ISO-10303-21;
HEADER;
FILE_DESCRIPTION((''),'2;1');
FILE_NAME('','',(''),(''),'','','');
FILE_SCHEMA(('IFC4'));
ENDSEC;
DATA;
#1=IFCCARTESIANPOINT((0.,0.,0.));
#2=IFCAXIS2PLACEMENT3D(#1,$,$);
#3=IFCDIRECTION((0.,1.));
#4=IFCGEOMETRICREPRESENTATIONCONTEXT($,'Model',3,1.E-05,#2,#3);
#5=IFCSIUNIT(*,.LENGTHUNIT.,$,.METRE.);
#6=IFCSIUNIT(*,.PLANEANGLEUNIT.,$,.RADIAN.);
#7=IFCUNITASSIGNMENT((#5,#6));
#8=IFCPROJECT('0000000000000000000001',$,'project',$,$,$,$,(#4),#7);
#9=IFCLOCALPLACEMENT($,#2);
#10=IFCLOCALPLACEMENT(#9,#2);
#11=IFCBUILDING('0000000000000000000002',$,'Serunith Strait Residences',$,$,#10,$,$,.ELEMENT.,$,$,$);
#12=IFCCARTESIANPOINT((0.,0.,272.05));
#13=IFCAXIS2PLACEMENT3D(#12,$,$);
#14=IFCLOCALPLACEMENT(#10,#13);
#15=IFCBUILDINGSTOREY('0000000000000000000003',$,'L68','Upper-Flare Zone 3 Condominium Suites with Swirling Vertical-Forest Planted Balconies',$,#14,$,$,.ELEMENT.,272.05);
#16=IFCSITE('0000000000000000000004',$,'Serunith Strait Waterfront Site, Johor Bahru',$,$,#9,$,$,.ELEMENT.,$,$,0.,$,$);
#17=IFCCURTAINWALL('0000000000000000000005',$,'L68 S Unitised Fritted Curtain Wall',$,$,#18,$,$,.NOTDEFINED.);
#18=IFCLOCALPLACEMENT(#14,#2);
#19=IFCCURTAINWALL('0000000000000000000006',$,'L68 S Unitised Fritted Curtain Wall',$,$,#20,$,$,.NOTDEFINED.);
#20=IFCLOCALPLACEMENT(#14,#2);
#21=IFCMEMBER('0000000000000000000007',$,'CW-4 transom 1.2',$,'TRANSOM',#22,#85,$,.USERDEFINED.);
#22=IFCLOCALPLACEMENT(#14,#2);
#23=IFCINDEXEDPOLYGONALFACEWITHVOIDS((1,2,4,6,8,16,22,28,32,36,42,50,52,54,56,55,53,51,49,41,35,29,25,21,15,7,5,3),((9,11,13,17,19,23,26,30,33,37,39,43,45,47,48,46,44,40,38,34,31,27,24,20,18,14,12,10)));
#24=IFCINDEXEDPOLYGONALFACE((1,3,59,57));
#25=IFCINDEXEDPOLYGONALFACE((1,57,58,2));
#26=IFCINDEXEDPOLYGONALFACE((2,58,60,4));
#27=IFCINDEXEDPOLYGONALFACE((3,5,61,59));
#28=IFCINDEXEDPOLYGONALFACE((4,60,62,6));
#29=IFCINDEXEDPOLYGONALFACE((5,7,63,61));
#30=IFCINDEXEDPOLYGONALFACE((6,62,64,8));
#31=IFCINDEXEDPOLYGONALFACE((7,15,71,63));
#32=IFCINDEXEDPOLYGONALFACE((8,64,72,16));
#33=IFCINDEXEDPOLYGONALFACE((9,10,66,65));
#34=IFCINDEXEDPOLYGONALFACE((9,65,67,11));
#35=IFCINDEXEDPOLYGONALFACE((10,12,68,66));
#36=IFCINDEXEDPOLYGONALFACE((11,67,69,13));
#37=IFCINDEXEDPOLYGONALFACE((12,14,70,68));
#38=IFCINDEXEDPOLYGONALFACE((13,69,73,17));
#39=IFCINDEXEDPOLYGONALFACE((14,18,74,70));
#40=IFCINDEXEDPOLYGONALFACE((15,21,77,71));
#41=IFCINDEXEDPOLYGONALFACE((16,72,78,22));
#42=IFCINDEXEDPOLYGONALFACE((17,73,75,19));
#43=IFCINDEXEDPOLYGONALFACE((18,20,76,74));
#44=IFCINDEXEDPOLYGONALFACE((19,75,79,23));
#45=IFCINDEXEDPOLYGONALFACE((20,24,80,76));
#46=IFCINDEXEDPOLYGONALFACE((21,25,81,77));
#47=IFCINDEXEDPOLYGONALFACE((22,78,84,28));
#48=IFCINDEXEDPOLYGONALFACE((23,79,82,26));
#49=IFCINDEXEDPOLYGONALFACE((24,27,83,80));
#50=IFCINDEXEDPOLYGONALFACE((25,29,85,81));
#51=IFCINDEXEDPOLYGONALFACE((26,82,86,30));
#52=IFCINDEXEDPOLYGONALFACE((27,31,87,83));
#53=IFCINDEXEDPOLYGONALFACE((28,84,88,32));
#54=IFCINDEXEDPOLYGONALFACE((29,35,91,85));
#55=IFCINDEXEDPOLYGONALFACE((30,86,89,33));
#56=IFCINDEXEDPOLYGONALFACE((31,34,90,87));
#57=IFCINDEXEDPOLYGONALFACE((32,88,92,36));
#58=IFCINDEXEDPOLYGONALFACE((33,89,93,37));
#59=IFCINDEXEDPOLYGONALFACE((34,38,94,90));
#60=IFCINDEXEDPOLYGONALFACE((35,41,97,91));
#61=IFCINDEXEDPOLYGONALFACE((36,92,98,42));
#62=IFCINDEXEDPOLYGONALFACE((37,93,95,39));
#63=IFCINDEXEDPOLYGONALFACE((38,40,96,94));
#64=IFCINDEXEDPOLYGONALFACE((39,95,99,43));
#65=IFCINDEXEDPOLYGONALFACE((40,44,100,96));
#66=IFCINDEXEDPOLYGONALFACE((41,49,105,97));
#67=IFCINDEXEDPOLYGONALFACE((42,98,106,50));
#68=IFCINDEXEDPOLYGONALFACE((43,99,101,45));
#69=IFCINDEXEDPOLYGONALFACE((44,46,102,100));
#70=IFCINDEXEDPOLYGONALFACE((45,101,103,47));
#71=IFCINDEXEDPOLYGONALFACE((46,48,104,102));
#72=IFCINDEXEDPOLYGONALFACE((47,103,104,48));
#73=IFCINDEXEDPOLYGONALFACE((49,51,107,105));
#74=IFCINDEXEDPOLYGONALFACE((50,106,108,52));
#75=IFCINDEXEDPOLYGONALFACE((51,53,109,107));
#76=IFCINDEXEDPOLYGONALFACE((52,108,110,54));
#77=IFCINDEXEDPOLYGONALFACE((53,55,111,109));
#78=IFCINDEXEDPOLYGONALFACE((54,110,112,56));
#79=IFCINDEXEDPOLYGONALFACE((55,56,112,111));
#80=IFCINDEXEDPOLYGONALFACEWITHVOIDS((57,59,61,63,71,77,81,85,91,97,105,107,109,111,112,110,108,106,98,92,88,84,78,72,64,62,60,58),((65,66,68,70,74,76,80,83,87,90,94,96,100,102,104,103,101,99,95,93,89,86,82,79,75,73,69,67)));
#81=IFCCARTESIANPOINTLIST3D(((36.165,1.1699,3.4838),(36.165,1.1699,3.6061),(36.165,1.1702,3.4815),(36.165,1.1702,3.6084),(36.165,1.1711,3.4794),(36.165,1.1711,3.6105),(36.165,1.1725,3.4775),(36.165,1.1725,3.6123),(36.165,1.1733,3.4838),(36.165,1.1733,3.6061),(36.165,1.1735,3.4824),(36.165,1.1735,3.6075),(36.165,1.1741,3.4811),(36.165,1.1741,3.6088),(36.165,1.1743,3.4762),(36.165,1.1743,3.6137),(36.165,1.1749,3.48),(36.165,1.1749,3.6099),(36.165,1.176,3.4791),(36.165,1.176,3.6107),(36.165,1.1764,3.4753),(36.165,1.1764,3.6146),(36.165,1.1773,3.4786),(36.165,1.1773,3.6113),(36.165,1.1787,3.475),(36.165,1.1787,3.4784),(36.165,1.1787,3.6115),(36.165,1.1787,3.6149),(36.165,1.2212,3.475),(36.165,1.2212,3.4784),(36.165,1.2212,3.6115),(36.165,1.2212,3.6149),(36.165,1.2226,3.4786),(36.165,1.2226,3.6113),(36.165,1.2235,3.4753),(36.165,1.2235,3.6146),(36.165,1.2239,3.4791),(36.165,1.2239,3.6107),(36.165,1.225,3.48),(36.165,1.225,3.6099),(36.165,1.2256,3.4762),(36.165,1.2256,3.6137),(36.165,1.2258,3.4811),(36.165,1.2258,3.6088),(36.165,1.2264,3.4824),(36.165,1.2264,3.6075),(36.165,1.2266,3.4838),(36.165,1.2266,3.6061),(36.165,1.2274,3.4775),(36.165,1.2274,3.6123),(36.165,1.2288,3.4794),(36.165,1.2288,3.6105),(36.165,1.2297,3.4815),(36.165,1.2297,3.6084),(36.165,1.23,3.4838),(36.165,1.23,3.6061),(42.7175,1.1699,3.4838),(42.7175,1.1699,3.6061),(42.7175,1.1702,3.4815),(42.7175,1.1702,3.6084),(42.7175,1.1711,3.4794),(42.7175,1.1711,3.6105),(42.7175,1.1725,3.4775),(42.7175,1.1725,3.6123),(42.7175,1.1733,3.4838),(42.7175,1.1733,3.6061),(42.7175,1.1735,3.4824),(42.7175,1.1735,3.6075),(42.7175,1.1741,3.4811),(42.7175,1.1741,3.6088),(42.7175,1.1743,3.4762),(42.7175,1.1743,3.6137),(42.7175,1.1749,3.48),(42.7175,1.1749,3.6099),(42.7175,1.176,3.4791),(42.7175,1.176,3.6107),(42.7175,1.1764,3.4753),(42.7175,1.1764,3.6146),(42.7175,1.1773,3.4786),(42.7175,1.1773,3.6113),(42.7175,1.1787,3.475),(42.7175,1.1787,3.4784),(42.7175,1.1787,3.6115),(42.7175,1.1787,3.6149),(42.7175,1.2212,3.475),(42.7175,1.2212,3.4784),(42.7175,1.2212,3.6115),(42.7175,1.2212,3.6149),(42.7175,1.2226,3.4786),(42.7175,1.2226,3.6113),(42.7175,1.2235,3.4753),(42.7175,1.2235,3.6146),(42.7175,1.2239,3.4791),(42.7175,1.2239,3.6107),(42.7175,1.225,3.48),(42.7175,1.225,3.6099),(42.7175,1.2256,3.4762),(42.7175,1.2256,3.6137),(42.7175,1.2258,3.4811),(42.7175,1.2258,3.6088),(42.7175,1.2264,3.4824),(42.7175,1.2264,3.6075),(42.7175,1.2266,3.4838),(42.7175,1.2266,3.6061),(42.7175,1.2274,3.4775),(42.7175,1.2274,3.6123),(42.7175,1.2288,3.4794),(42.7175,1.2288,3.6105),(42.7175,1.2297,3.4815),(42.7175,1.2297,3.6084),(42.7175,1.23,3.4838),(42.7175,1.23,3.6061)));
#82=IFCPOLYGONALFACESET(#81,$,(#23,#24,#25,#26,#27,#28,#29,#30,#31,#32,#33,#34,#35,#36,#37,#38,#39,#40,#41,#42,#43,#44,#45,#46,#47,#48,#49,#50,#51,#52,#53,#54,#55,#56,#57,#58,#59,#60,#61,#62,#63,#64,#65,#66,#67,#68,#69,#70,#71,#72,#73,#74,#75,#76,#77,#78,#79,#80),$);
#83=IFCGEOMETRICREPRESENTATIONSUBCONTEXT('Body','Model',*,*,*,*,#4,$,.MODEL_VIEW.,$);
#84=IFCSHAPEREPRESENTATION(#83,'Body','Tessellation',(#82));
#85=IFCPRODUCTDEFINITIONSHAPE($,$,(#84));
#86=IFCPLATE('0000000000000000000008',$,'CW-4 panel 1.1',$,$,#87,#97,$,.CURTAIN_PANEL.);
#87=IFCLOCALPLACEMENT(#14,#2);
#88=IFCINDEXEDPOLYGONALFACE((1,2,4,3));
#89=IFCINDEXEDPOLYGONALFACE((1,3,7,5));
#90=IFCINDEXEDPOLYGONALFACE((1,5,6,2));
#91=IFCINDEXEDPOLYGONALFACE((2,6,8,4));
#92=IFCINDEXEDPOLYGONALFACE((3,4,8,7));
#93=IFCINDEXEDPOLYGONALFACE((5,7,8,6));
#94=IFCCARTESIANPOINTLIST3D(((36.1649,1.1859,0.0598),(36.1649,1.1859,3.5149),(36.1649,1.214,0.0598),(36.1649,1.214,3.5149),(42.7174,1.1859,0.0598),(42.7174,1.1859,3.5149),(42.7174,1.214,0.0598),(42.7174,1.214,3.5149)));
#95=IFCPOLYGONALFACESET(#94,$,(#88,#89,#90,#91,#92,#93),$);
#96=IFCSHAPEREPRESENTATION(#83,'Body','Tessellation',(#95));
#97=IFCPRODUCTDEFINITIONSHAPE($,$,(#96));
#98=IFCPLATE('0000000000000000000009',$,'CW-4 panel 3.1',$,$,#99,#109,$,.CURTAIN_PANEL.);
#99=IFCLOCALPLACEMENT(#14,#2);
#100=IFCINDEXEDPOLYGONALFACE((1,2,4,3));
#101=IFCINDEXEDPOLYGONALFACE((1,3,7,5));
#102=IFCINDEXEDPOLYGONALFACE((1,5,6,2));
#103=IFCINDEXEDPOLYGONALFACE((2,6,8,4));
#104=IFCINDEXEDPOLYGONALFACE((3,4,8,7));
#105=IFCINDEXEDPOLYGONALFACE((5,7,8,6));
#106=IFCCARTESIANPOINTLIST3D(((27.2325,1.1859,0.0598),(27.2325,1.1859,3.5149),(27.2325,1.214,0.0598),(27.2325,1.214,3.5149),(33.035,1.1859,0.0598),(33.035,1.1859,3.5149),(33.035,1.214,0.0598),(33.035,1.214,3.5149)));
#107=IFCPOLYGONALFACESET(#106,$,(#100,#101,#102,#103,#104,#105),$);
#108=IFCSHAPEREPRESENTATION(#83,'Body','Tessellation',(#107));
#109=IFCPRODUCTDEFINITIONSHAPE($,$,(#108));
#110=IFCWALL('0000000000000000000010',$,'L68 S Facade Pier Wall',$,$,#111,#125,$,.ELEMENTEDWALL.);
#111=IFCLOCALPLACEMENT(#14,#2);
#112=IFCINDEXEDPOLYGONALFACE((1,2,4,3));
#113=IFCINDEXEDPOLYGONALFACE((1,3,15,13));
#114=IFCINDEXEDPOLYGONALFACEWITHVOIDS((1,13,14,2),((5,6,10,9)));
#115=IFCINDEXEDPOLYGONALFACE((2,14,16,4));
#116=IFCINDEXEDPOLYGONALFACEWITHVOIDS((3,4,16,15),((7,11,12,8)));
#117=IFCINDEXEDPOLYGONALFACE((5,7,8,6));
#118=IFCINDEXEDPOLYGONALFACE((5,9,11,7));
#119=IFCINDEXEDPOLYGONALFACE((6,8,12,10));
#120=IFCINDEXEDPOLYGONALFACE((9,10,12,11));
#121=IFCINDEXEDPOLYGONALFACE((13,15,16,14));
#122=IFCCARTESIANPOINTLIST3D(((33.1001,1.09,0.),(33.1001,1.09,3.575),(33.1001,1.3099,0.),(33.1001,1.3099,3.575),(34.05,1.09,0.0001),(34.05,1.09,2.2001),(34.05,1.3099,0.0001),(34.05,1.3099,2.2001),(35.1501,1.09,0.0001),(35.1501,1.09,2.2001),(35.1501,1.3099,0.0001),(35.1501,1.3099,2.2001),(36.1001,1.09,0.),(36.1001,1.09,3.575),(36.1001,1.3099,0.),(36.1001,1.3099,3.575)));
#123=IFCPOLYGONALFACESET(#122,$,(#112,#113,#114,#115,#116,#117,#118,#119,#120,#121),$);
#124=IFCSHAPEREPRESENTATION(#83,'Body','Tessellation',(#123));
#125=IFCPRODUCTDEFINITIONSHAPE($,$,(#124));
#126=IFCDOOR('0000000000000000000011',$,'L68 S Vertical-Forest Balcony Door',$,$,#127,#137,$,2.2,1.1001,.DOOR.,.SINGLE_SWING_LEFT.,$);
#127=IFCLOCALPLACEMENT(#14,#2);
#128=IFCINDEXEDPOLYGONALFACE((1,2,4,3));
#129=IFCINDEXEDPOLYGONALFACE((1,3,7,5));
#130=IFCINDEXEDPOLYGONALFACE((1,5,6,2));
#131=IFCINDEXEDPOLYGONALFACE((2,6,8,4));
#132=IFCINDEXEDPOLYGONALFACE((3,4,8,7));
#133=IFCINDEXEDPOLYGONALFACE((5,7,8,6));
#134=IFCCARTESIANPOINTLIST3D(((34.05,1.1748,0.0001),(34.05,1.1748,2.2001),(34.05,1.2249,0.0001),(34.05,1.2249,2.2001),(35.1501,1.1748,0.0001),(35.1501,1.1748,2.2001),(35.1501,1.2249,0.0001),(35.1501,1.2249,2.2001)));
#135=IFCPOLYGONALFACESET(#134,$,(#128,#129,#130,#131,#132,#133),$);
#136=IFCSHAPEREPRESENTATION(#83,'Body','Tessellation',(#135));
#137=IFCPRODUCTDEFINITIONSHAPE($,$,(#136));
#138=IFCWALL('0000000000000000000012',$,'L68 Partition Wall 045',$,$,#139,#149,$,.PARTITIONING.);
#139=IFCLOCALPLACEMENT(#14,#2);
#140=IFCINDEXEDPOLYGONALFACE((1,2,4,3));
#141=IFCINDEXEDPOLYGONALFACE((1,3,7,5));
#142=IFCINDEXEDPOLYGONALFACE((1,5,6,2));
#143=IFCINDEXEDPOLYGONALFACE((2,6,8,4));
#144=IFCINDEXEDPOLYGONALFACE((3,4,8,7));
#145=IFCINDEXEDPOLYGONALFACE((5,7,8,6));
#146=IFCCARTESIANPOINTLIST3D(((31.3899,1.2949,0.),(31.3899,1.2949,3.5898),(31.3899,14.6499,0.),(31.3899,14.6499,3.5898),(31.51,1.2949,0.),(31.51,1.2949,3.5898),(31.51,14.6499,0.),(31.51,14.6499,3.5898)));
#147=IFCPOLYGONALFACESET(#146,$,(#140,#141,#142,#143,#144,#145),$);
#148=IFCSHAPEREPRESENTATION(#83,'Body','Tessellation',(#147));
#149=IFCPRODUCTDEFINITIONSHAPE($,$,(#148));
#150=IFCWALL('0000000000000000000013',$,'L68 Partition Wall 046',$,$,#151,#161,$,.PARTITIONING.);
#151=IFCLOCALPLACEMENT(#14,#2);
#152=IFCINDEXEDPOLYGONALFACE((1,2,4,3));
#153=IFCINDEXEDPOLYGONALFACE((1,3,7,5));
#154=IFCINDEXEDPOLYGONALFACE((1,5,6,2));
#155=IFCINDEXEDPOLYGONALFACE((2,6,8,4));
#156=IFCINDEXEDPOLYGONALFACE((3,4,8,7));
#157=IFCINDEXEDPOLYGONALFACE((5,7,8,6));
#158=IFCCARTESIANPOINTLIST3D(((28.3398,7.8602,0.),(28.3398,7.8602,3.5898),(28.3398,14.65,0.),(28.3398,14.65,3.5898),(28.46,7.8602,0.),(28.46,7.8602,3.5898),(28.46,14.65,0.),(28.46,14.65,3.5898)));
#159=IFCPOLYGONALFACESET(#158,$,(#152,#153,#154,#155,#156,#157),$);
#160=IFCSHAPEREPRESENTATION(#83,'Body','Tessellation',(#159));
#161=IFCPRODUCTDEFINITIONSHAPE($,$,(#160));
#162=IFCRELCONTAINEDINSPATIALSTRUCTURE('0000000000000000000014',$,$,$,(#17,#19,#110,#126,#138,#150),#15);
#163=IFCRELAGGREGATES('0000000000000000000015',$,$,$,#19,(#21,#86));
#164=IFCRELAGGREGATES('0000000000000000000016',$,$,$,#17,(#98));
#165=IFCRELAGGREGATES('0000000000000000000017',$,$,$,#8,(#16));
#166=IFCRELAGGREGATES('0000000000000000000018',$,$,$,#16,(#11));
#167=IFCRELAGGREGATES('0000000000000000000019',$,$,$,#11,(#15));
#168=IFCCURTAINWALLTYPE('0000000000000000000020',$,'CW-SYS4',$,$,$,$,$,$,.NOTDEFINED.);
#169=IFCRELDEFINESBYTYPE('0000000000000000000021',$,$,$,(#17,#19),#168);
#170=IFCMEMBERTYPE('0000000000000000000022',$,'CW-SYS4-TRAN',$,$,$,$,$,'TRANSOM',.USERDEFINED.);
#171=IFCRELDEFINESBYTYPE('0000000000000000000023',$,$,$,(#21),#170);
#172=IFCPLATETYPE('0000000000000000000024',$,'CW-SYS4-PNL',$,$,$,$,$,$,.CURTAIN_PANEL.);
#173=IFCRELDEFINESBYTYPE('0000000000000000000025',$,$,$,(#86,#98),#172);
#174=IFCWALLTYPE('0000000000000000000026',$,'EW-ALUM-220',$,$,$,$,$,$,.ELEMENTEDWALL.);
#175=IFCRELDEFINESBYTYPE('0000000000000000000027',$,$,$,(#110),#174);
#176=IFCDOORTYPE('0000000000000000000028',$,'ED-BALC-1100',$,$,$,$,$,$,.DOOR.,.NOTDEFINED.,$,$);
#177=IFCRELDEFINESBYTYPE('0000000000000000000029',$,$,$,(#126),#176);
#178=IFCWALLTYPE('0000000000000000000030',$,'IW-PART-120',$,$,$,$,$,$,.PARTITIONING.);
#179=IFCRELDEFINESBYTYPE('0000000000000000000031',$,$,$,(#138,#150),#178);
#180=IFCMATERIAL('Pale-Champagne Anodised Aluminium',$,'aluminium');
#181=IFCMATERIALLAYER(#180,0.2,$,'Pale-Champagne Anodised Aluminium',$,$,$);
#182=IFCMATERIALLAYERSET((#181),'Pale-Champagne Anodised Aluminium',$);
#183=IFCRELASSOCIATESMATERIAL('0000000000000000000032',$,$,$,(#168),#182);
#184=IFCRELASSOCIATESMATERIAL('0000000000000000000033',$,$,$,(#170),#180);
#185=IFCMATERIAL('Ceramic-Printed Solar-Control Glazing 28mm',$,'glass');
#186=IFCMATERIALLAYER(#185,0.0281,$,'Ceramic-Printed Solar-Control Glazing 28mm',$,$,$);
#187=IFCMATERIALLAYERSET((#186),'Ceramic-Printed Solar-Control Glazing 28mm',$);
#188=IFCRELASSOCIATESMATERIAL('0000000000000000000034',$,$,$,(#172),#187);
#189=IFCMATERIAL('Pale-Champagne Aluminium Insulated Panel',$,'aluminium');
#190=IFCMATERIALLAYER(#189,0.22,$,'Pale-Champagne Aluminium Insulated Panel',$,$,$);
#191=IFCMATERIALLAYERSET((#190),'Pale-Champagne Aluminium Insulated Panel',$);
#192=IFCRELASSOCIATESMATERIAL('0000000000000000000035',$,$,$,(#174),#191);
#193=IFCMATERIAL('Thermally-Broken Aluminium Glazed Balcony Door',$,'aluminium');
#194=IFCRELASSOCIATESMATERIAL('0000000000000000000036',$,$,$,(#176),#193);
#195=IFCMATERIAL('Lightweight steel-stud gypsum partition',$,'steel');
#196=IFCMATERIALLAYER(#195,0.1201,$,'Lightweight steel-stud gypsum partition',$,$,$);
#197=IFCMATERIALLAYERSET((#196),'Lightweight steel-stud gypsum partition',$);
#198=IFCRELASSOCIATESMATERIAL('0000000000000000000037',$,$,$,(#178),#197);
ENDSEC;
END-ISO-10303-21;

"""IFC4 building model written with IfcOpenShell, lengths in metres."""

from ifc_helpers import new_model, si_unit, direction, frame, frame_2d, origin, origin_2d, place, context, subcontext, project, spatial, rectangle, hollow_rectangle, extrude, source, transform, mapped, material, layer, layer_set, material_profile, profile_set, type_object, element, fill, aggregate, save


model = new_model("IFC4")

# Units and contexts
model_context = context("Model", 3, precision=1e-05, world=origin(), true_north=direction((0.0, 1.0)))
body_context = subcontext(model_context, "Body", "Model", "MODEL_VIEW")
ifc_project = project(units=[si_unit("LENGTHUNIT", "METRE"), si_unit("PLANEANGLEUNIT", "RADIAN")], contexts=[model_context])

# Site, building, storey
site_placement = place(None, origin())
site = spatial("IfcSite", under=ifc_project, at=site_placement, Name="Serunith Strait Waterfront Site, Johor Bahru", CompositionType="ELEMENT", RefElevation=0.0)
building_placement = place(site_placement, origin())
building = spatial("IfcBuilding", under=site, at=building_placement, Name="Serunith Strait Residences", CompositionType="ELEMENT")
storey_placement = place(building_placement, frame((0.0, 0.0, 272.05)))
storey = spatial("IfcBuildingStorey", under=building, at=storey_placement, Name="L68", Description="Upper-Flare Zone 3 Condominium Suites with Swirling Vertical-Forest Planted Balconies", CompositionType="ELEMENT", Elevation=272.05)

# Curtain wall
ifc_material_1 = material(Name="Pale-Champagne Anodised Aluminium", Category="aluminium")
ifc_layer_1 = layer(ifc_material_1, 0.2, Name="Pale-Champagne Anodised Aluminium")
ifc_layer_set_1 = layer_set([ifc_layer_1], Name="Pale-Champagne Anodised Aluminium")
curtain_wall_type = type_object("IfcCurtainWallType", Name="CW-SYS4", PredefinedType="NOTDEFINED", material=ifc_layer_set_1)
curtain_wall_1_placement = place(storey_placement, origin())
curtain_wall_1 = element("IfcCurtainWall", 1, at=curtain_wall_1_placement, inside=storey, type_object=curtain_wall_type, Name="L68 S Unitised Fritted Curtain Wall", PredefinedType="NOTDEFINED")

# Curtain wall, member, plate
curtain_wall_2_placement = place(storey_placement, origin())
curtain_wall_2 = element("IfcCurtainWall", 2, at=curtain_wall_2_placement, inside=storey, type_object=curtain_wall_type, Name="L68 S Unitised Fritted Curtain Wall", PredefinedType="NOTDEFINED")
ifc_material_profile_1 = material_profile(ifc_material_1, hollow_rectangle(XDim=0.0601, YDim=0.1399, WallThickness=0.0034, InnerFilletRadius=0.0054, OuterFilletRadius=0.0088, at=origin_2d()), Name="ALU 140x60x3.5")
ifc_profile_set_1 = profile_set([ifc_material_profile_1], Name="Pale-Champagne Anodised Aluminium")
member_type_1 = type_object("IfcMemberType", Name="CW-SYS4-TRAN", ElementType="TRANSOM", PredefinedType="USERDEFINED", material=ifc_profile_set_1)
shared_shape_1 = source(origin(), body_context, "Body", "SweptSolid", [
    extrude(hollow_rectangle(XDim=0.0601, YDim=0.1399, WallThickness=0.0034, InnerFilletRadius=0.0054, OuterFilletRadius=0.0088, at=origin_2d()), origin(), (0.0, 0.0, 1.0), 6.5525),
])
member_1_placement = place(storey_placement, frame((36.165, 1.2, 3.5449), z_axis=(1.0, 0.0, 0.0), x_axis=(0.0, 1.0, 0.0)))
member_1 = element("IfcMember", 3, at=member_1_placement, type_object=member_type_1, Name="CW-4 transom 1.2", ObjectType="TRANSOM", PredefinedType="USERDEFINED", context=body_context, shape_type="MappedRepresentation", body=[
    mapped(shared_shape_1, transform((0.0, 0.0, 0.0), scale=1.0)),
])
ifc_material_2 = material(Name="Ceramic-Printed Solar-Control Glazing 28mm", Category="glass")
ifc_layer_2 = layer(ifc_material_2, 0.0281, Name="Ceramic-Printed Solar-Control Glazing 28mm")
ifc_layer_set_2 = layer_set([ifc_layer_2], Name="Ceramic-Printed Solar-Control Glazing 28mm")
plate_type = type_object("IfcPlateType", Name="CW-SYS4-PNL", PredefinedType="CURTAIN_PANEL", material=ifc_layer_set_2)
shared_shape_2 = source(origin(), body_context, "Body", "SweptSolid", [
    extrude(rectangle(XDim=6.5525, YDim=0.0281, at=origin_2d()), origin(), (0.0, 0.0, 1.0), 3.4551),
])
plate_1_placement = place(storey_placement, frame((39.4412, 1.2, 0.0598), z_axis=(0.0, 0.0, 1.0), x_axis=(1.0, 0.0, 0.0)))
plate_1 = element("IfcPlate", 4, at=plate_1_placement, type_object=plate_type, Name="CW-4 panel 1.1", PredefinedType="CURTAIN_PANEL", context=body_context, shape_type="MappedRepresentation", body=[
    mapped(shared_shape_2, transform((0.0, 0.0, 0.0), scale=1.0)),
])
aggregate(curtain_wall_2, [member_1, plate_1])

# Plate
shared_shape_3 = source(origin(), body_context, "Body", "SweptSolid", [
    extrude(rectangle(XDim=5.8025, YDim=0.0281, at=origin_2d()), origin(), (0.0, 0.0, 1.0), 3.4551),
])
plate_2_placement = place(storey_placement, frame((30.1338, 1.2, 0.0598), z_axis=(0.0, 0.0, 1.0), x_axis=(1.0, 0.0, 0.0)))
plate_2 = element("IfcPlate", 5, at=plate_2_placement, type_object=plate_type, Name="CW-4 panel 3.1", PredefinedType="CURTAIN_PANEL", context=body_context, shape_type="MappedRepresentation", body=[
    mapped(shared_shape_3, transform((0.0, 0.0, 0.0), scale=1.0)),
])
aggregate(curtain_wall_1, [plate_2])

# Wall, opening, door
ifc_material_3 = material(Name="Pale-Champagne Aluminium Insulated Panel", Category="aluminium")
ifc_layer_3 = layer(ifc_material_3, 0.22, Name="Pale-Champagne Aluminium Insulated Panel")
ifc_layer_set_3 = layer_set([ifc_layer_3], Name="Pale-Champagne Aluminium Insulated Panel")
wall_type_1 = type_object("IfcWallType", Name="EW-ALUM-220", PredefinedType="ELEMENTEDWALL", material=ifc_layer_set_3)
wall_1_placement = place(storey_placement, frame((33.1001, 1.2, 0.0), z_axis=(0.0, 0.0, 1.0), x_axis=(1.0, 0.0, 0.0)))
wall_1 = element("IfcWall", 6, at=wall_1_placement, inside=storey, type_object=wall_type_1, Name="L68 S Facade Pier Wall", PredefinedType="ELEMENTEDWALL", context=body_context, shape_type="SweptSolid", body=[
    extrude(rectangle(XDim=3.0, YDim=0.22, at=frame_2d((1.5, 0.0))), origin(), (0.0, 0.0, 1.0), 3.575),
])
opening_1_placement = place(wall_1_placement, frame((0.95, 0.0, 0.0)))
opening_1 = element("IfcOpeningElement", 7, at=opening_1_placement, cuts=wall_1, PredefinedType="OPENING", context=body_context, shape_type="SweptSolid", body=[
    extrude(rectangle(XDim=1.1001, YDim=2.2, at=frame_2d((0.55, 1.1001))), frame((0.0, 0.1201, 0.0), z_axis=(0.0, -1.0, 0.0), x_axis=(1.0, 0.0, 0.0)), (0.0, 0.0, 1.0), 0.24),
])
ifc_material_4 = material(Name="Thermally-Broken Aluminium Glazed Balcony Door", Category="aluminium")
door_type_1 = type_object("IfcDoorType", Name="ED-BALC-1100", OperationType="NOTDEFINED", PredefinedType="DOOR", material=ifc_material_4)
shared_shape_4 = source(origin(), body_context, "Body", "SweptSolid", [
    extrude(rectangle(XDim=1.1001, YDim=2.2, at=frame_2d((0.55, 1.1001))), frame((0.0, 0.0249, 0.0), z_axis=(0.0, -1.0, 0.0), x_axis=(1.0, 0.0, 0.0)), (0.0, 0.0, 1.0), 0.05),
])
door_1_placement = place(opening_1_placement, origin())
door_1 = element("IfcDoor", 8, at=door_1_placement, inside=storey, type_object=door_type_1, Name="L68 S Vertical-Forest Balcony Door", OperationType="SINGLE_SWING_LEFT", OverallHeight=2.2, OverallWidth=1.1001, PredefinedType="DOOR", context=body_context, shape_type="MappedRepresentation", body=[
    mapped(shared_shape_4, transform((0.0, 0.0, 0.0), scale=1.0)),
])
fill(opening_1, door_1)

# Walls
ifc_material_5 = material(Name="Lightweight steel-stud gypsum partition", Category="steel")
ifc_layer_4 = layer(ifc_material_5, 0.1201, Name="Lightweight steel-stud gypsum partition")
ifc_layer_set_4 = layer_set([ifc_layer_4], Name="Lightweight steel-stud gypsum partition")
wall_type_2 = type_object("IfcWallType", Name="IW-PART-120", PredefinedType="PARTITIONING", material=ifc_layer_set_4)
wall_2_placement = place(storey_placement, frame((31.45, 1.2949, 0.0), z_axis=(0.0, 0.0, 1.0), x_axis=(0.0, 1.0, 0.0)))
element("IfcWall", 9, at=wall_2_placement, inside=storey, type_object=wall_type_2, Name="L68 Partition Wall 045", PredefinedType="PARTITIONING", context=body_context, shape_type="SweptSolid", body=[
    extrude(rectangle(XDim=13.355, YDim=0.1201, at=frame_2d((6.6775, 0.0))), origin(), (0.0, 0.0, 1.0), 3.5898),
])
wall_3_placement = place(storey_placement, frame((28.3999, 7.8601, 0.0), z_axis=(0.0, 0.0, 1.0), x_axis=(0.0, 1.0, 0.0)))
element("IfcWall", 10, at=wall_3_placement, inside=storey, type_object=wall_type_2, Name="L68 Partition Wall 046", PredefinedType="PARTITIONING", context=body_context, shape_type="SweptSolid", body=[
    extrude(rectangle(XDim=6.7898, YDim=0.1201, at=frame_2d((3.395, 0.0))), origin(), (0.0, 0.0, 1.0), 3.5898),
])

save(model, "model.ifc")
